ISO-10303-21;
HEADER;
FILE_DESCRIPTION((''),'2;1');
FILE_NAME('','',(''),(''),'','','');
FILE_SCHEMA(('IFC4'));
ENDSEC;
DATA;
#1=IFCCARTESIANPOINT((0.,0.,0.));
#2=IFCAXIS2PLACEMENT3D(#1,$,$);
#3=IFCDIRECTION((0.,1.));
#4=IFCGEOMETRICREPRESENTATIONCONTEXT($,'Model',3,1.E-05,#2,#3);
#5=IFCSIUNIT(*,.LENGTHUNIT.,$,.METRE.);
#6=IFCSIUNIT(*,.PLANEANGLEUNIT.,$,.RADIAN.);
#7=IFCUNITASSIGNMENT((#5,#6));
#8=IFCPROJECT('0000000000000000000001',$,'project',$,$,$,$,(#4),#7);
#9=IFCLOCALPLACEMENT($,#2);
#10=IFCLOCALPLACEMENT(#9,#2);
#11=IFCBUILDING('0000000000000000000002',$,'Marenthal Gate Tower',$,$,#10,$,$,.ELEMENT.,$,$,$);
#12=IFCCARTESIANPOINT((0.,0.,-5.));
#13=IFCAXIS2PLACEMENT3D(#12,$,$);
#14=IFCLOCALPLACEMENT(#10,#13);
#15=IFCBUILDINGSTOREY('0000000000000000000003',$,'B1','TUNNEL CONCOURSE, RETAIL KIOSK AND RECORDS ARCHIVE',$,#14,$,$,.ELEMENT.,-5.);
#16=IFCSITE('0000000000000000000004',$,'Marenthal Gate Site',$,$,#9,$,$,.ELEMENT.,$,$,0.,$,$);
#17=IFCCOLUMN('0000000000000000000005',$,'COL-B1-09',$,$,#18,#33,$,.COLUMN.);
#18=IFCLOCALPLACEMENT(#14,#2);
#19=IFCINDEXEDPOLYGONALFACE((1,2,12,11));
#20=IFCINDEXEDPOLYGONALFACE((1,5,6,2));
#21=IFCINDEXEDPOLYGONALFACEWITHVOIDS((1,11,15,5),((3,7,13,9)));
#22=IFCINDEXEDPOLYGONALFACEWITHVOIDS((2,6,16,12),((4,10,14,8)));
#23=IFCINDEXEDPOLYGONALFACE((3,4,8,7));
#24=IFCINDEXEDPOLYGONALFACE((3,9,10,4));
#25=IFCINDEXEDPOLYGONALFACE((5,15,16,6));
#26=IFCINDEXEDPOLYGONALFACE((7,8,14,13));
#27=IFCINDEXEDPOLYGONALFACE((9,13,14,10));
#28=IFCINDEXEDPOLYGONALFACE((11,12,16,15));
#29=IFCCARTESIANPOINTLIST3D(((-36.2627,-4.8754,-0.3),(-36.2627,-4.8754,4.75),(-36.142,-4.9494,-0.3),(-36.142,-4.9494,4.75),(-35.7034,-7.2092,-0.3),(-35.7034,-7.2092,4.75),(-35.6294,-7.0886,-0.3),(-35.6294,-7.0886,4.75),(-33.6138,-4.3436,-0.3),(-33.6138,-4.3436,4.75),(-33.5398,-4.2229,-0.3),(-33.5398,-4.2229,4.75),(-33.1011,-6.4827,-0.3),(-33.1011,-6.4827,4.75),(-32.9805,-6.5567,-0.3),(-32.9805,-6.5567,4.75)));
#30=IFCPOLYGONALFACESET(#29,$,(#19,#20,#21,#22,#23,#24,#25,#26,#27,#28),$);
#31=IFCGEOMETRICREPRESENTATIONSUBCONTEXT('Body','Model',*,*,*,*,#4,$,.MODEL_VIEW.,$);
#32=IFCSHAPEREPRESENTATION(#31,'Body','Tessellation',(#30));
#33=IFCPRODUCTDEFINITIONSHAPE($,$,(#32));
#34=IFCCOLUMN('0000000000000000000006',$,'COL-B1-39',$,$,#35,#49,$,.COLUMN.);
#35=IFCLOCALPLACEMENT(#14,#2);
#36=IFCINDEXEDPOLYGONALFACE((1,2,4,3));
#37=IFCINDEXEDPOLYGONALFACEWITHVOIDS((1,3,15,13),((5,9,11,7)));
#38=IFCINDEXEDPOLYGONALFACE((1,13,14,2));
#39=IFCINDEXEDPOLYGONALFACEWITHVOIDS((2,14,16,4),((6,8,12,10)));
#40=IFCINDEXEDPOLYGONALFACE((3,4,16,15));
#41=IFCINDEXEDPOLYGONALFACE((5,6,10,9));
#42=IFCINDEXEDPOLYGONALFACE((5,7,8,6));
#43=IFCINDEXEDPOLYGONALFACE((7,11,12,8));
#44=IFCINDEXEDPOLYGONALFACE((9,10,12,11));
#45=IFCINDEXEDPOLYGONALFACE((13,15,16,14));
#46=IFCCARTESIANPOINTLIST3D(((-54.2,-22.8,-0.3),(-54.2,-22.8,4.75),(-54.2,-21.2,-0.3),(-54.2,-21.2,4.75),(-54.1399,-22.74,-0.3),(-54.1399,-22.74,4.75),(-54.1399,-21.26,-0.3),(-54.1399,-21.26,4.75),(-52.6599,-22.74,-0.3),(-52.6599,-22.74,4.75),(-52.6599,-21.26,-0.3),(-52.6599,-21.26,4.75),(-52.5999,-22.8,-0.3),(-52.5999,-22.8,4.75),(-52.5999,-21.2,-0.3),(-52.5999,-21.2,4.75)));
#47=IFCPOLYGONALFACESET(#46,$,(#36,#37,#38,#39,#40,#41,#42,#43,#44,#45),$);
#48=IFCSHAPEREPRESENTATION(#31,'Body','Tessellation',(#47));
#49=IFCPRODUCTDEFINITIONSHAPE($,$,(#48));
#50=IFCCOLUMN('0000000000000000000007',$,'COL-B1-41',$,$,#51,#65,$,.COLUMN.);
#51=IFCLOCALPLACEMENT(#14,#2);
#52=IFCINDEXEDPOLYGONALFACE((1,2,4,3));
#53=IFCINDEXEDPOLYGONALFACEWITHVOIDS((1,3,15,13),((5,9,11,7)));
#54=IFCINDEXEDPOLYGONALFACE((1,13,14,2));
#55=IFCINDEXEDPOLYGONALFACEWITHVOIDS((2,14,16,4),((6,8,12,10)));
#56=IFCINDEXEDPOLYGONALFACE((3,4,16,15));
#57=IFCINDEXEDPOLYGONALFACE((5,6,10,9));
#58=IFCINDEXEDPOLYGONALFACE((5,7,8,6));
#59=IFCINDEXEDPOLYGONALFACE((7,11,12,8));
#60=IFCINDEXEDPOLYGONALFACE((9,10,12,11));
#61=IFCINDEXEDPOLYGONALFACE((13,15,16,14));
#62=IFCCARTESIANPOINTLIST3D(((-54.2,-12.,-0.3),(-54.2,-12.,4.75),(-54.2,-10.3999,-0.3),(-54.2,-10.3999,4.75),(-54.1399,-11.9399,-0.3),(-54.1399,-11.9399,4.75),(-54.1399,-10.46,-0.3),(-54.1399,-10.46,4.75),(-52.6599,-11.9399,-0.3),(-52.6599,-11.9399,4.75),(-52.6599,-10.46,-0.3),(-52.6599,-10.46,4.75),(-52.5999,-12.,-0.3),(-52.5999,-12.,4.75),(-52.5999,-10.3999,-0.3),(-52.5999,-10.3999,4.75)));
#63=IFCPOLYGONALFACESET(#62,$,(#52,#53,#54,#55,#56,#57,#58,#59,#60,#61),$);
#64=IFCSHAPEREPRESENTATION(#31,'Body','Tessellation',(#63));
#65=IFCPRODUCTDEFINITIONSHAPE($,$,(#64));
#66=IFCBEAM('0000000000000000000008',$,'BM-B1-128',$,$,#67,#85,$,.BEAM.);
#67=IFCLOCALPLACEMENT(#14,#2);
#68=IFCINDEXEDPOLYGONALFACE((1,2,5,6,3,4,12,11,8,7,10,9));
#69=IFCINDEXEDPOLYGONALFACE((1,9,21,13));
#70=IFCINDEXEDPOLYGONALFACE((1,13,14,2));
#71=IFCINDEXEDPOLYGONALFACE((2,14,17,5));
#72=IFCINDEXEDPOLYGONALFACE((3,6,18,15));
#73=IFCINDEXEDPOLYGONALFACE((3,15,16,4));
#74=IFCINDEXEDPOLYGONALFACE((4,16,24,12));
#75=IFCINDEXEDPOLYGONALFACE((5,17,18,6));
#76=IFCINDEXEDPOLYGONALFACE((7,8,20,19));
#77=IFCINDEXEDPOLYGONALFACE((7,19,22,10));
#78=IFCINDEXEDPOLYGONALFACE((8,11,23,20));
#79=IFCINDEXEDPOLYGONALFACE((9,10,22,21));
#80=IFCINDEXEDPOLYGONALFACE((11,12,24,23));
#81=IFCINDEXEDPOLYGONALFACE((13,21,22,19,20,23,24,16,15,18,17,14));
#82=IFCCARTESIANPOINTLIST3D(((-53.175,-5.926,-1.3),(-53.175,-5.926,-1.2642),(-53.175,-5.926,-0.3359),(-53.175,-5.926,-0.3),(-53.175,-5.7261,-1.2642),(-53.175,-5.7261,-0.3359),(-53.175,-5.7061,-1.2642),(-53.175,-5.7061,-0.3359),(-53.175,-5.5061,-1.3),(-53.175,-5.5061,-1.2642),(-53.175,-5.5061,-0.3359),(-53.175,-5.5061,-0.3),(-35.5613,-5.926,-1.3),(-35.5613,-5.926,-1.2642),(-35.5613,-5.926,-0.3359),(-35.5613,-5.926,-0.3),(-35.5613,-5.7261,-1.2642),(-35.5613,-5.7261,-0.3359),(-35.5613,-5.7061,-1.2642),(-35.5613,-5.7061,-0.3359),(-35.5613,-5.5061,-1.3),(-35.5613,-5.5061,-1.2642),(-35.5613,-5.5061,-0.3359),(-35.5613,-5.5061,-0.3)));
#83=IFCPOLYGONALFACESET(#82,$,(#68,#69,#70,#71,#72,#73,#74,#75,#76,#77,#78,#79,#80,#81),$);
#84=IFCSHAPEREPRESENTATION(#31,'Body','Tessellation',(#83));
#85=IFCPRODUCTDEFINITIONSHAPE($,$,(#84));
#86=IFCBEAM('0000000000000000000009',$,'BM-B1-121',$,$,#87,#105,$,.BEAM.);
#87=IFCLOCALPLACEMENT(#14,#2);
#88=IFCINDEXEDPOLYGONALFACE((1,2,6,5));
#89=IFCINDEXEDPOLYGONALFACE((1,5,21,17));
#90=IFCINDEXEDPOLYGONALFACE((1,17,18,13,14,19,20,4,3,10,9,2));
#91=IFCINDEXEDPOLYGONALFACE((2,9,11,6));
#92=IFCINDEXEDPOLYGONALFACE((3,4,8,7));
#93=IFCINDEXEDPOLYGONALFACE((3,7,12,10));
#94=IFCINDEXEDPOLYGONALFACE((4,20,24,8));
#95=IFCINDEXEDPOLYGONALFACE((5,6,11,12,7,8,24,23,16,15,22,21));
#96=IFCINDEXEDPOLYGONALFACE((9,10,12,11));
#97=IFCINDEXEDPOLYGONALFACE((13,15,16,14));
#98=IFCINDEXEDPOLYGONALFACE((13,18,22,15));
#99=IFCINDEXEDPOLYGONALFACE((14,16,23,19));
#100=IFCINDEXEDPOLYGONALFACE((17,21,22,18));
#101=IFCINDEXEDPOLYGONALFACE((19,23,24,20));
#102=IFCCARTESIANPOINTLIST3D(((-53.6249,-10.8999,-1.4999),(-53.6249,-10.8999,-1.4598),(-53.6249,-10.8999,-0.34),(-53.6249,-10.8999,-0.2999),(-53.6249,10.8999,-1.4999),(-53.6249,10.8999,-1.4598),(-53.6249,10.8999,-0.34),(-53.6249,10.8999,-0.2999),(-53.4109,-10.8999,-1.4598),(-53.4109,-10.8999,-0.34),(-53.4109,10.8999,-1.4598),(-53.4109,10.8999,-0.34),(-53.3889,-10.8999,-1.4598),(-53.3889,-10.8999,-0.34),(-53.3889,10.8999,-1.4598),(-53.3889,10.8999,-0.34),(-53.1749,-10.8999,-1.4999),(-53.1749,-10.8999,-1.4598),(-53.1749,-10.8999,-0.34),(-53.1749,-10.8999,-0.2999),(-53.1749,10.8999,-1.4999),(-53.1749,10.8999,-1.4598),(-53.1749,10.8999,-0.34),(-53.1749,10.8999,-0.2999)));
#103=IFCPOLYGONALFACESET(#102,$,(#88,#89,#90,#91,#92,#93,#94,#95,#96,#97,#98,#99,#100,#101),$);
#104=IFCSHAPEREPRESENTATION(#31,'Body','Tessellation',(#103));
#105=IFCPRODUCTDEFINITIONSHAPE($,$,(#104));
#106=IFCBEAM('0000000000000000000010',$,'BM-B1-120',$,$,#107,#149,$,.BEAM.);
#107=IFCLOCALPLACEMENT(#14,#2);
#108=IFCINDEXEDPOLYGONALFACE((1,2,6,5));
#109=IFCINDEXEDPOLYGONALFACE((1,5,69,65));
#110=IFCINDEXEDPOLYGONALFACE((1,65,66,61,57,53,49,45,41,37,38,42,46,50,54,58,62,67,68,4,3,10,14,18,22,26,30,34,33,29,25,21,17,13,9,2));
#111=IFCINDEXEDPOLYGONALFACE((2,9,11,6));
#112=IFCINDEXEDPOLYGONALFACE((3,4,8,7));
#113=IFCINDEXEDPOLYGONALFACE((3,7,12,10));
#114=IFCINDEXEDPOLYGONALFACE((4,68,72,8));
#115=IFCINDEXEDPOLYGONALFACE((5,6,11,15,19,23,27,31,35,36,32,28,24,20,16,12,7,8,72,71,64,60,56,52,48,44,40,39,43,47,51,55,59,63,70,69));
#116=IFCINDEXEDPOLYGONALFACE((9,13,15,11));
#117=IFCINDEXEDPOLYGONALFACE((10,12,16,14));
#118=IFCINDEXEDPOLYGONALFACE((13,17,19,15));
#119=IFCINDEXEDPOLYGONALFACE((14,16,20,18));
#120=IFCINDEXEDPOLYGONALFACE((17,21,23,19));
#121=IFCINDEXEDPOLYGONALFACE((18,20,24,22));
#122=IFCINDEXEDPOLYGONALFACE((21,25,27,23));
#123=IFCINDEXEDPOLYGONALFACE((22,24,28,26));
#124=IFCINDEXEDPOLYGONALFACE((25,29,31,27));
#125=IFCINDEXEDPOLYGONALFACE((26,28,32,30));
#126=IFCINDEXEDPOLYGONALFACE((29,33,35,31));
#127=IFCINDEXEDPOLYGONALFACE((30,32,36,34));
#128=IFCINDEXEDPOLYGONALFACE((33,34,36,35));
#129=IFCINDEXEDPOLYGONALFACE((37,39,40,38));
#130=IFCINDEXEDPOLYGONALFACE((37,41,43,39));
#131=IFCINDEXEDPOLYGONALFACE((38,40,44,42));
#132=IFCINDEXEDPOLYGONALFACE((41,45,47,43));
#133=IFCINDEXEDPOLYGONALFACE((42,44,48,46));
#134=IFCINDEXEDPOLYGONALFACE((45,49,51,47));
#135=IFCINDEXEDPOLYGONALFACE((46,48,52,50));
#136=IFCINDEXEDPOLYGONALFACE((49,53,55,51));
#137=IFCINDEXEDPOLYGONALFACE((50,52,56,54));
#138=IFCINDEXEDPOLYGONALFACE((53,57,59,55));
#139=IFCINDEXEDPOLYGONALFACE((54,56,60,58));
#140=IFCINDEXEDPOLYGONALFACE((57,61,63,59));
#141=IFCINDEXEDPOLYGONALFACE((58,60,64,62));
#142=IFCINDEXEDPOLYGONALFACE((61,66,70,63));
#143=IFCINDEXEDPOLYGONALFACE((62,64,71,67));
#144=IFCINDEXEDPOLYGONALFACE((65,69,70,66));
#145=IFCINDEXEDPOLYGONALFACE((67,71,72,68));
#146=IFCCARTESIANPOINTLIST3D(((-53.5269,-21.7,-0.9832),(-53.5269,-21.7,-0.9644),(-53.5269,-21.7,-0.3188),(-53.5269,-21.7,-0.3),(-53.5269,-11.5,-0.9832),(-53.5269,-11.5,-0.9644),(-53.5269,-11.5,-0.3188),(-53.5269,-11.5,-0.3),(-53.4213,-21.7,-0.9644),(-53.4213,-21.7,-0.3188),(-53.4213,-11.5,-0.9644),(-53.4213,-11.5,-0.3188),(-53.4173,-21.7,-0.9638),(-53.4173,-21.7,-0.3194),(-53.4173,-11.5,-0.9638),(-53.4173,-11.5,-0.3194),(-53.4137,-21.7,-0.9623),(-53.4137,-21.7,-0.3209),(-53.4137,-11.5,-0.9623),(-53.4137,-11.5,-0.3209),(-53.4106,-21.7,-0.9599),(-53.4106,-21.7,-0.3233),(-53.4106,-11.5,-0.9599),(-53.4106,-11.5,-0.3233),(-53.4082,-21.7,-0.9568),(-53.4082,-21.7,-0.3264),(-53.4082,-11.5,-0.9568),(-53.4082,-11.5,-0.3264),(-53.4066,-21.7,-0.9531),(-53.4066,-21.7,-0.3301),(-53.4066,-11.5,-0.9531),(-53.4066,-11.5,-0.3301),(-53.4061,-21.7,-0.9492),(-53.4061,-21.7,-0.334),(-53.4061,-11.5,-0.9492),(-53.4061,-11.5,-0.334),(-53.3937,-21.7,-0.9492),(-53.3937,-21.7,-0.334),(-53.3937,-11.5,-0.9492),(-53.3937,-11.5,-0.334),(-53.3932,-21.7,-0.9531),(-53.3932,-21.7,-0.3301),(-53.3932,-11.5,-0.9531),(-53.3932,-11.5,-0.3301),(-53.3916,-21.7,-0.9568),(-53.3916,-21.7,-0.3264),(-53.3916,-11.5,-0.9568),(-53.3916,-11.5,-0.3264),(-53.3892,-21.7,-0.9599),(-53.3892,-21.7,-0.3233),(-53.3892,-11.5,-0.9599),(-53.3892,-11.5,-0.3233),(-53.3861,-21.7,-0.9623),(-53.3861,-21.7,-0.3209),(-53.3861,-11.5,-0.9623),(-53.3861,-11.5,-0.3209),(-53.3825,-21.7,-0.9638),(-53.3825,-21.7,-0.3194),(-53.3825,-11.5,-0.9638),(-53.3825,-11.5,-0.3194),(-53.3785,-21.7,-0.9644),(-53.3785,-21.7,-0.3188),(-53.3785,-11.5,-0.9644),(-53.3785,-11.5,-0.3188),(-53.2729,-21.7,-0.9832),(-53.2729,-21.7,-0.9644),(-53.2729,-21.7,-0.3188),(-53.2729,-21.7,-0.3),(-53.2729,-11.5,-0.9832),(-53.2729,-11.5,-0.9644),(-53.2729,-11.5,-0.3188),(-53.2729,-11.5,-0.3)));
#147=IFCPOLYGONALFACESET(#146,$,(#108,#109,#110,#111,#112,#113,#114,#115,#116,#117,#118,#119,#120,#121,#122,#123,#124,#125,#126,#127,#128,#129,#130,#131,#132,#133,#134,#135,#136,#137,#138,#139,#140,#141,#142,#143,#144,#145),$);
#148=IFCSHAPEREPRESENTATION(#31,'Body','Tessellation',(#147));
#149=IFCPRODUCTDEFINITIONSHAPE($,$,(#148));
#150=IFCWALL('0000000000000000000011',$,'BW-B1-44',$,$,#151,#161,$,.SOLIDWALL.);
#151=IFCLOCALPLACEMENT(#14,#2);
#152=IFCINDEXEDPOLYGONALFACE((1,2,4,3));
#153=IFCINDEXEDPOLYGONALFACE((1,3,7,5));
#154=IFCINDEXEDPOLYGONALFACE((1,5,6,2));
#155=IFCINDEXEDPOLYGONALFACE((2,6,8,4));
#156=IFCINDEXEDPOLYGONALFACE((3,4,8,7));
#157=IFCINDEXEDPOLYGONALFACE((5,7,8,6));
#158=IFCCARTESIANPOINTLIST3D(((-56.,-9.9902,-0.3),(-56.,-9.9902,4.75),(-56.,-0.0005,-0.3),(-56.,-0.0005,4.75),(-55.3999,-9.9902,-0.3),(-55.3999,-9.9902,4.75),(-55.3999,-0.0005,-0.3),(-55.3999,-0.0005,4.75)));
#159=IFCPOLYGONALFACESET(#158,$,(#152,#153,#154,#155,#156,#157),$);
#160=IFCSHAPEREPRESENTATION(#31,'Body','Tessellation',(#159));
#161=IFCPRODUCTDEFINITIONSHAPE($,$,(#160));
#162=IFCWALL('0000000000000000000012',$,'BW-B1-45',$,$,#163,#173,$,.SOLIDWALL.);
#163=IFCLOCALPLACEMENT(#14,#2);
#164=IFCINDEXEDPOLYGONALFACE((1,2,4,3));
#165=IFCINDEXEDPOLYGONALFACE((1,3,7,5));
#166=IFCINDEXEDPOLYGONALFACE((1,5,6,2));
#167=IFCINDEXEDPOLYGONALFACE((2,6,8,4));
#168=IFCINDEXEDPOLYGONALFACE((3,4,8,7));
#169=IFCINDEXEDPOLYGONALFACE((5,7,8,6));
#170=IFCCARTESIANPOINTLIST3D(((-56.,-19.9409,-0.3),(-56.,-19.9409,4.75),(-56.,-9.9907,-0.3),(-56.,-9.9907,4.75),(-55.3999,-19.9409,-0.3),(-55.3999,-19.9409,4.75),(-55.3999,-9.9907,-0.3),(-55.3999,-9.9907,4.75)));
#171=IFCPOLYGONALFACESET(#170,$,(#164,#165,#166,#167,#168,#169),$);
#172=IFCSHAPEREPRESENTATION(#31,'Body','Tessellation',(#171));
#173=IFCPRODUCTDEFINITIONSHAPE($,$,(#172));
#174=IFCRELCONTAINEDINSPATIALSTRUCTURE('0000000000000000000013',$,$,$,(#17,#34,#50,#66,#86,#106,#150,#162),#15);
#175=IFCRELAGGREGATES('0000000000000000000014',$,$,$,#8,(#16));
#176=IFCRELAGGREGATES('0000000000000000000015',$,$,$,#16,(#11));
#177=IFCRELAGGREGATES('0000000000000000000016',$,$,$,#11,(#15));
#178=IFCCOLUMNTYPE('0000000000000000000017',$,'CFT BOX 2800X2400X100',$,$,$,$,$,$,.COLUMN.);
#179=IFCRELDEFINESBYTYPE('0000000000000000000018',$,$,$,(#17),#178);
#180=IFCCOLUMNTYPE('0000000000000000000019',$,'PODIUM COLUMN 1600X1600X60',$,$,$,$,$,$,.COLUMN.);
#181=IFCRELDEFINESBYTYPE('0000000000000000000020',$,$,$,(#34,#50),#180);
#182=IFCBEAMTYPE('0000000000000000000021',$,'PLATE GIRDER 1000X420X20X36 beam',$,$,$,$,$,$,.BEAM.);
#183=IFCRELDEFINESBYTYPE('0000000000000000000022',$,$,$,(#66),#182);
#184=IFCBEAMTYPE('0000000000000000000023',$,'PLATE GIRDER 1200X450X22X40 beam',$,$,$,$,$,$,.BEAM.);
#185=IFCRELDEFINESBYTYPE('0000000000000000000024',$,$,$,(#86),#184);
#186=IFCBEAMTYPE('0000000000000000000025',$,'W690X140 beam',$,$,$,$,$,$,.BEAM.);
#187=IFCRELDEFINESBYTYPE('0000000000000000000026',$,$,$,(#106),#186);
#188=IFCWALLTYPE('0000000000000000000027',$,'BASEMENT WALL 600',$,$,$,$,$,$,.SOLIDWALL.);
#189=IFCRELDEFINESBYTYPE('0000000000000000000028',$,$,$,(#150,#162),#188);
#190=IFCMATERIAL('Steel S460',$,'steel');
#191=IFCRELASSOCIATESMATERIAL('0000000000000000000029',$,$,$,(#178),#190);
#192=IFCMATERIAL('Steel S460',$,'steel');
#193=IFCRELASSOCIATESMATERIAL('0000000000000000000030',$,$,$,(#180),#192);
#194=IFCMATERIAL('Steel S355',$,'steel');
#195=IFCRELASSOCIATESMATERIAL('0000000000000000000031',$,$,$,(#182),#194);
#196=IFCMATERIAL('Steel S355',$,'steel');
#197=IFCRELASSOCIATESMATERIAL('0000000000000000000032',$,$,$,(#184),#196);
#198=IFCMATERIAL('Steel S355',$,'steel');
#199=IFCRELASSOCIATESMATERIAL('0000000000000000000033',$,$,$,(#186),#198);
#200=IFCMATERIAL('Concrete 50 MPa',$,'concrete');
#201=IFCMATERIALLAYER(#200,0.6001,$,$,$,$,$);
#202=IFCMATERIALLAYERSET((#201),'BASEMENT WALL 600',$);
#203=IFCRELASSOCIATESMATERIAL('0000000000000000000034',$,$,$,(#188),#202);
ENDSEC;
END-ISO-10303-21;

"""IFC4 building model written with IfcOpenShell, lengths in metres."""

from ifc_helpers import new_model, si_unit, direction, frame, frame_2d, origin, origin_2d, place, context, subcontext, project, spatial, rectangle, hollow_rectangle, i_section, extrude, material, layer, layer_set, material_profile, profile_set, type_object, element, save


model = new_model("IFC4")

# Units and contexts
model_context = context("Model", 3, precision=1e-05, world=origin(), true_north=direction((0.0, 1.0)))
body_context = subcontext(model_context, "Body", "Model", "MODEL_VIEW")
ifc_project = project(units=[si_unit("LENGTHUNIT", "METRE"), si_unit("PLANEANGLEUNIT", "RADIAN")], contexts=[model_context])

# Site, building, storey
site_placement = place(None, origin())
site = spatial("IfcSite", under=ifc_project, at=site_placement, Name="Marenthal Gate Site", CompositionType="ELEMENT", RefElevation=0.0)
building_placement = place(site_placement, origin())
building = spatial("IfcBuilding", under=site, at=building_placement, Name="Marenthal Gate Tower", CompositionType="ELEMENT")
storey_placement = place(building_placement, frame((0.0, 0.0, -5.0)))
storey = spatial("IfcBuildingStorey", under=building, at=storey_placement, Name="B1", Description="TUNNEL CONCOURSE, RETAIL KIOSK AND RECORDS ARCHIVE", CompositionType="ELEMENT", Elevation=-5.0)

# Columns
ifc_material_1 = material(Name="Steel S460", Category="steel")
ifc_material_profile_1 = material_profile(ifc_material_1, hollow_rectangle(XDim=2.3999, YDim=2.8, WallThickness=0.1001, at=origin_2d()), Name="CFT BOX 2800X2400X100")
ifc_material_2 = material(Name="Concrete 70 MPa", Category="concrete")
ifc_material_profile_2 = material_profile(ifc_material_2, rectangle(XDim=2.2, YDim=2.6001, at=origin_2d()), Name="CFT BOX 2800X2400X100 INFILL")
ifc_profile_set_1 = profile_set([ifc_material_profile_1, ifc_material_profile_2], Name="Steel S460 shell, Concrete 70 MPa infill")
column_type_1 = type_object("IfcColumnType", Name="CFT BOX 2800X2400X100", PredefinedType="COLUMN", material=ifc_profile_set_1)
column_placement = place(storey_placement, frame((-34.6216, -5.7161, -0.3), z_axis=(0.0, 0.0, 1.0), x_axis=(-0.233047, 0.972466, 0.0)))
element("IfcColumn", 1, at=column_placement, inside=storey, type_object=column_type_1, Name="COL-B1-09", PredefinedType="COLUMN", context=body_context, shape_type="SweptSolid", body=[
    extrude(hollow_rectangle(XDim=2.3999, YDim=2.8, WallThickness=0.1001, at=origin_2d()), origin(), (0.0, 0.0, 1.0), 5.05),
])
ifc_material_3 = material(Name="Steel S460", Category="steel")
ifc_material_profile_3 = material_profile(ifc_material_3, hollow_rectangle(XDim=1.6001, YDim=1.6001, WallThickness=0.0601, at=origin_2d()), Name="CFT BOX 1600X1600X60")
ifc_material_4 = material(Name="Concrete 70 MPa", Category="concrete")
ifc_material_profile_4 = material_profile(ifc_material_4, rectangle(XDim=1.48, YDim=1.48, at=origin_2d()), Name="CFT BOX 1600X1600X60 INFILL")
ifc_profile_set_2 = profile_set([ifc_material_profile_3, ifc_material_profile_4], Name="Steel S460 shell, Concrete 70 MPa infill")
column_type_2 = type_object("IfcColumnType", Name="PODIUM COLUMN 1600X1600X60", PredefinedType="COLUMN", material=ifc_profile_set_2)
for number, where, z_axis, x_axis, name in (
    (2, (-53.3999, -22.0, -0.3), (0.0, 0.0, 1.0), (1.0, 0.0, 0.0), "COL-B1-39"),
    (3, (-53.3999, -11.2, -0.3), (0.0, 0.0, 1.0), (1.0, 0.0, 0.0), "COL-B1-41"),
):
    element("IfcColumn", number, at=place(storey_placement, frame(where, z_axis=z_axis, x_axis=x_axis)), inside=storey, type_object=column_type_2, Name=name, PredefinedType="COLUMN", context=body_context, shape_type="SweptSolid", body=[
        extrude(hollow_rectangle(XDim=1.6001, YDim=1.6001, WallThickness=0.0601, at=origin_2d()), origin(), (0.0, 0.0, 1.0), 5.05),
    ])

# Beams
ifc_material_5 = material(Name="Steel S355", Category="steel")
ifc_material_profile_5 = material_profile(ifc_material_5, i_section(OverallWidth=0.4199, OverallDepth=1.0, WebThickness=0.02, FlangeThickness=0.0359, at=origin_2d()), Name="PLATE GIRDER 1000X420X20X36")
ifc_profile_set_3 = profile_set([ifc_material_profile_5], Name="Steel S355")
beam_type_1 = type_object("IfcBeamType", Name="PLATE GIRDER 1000X420X20X36 beam", PredefinedType="BEAM", material=ifc_profile_set_3)
beam_1_placement = place(storey_placement, frame((-35.5613, -5.7161, -0.8), z_axis=(-1.0, 0.0, 0.0), x_axis=(0.0, -1.0, 0.0)))
element("IfcBeam", 4, at=beam_1_placement, inside=storey, type_object=beam_type_1, Name="BM-B1-128", PredefinedType="BEAM", context=body_context, shape_type="SweptSolid", body=[
    extrude(i_section(OverallWidth=0.4199, OverallDepth=1.0, WebThickness=0.02, FlangeThickness=0.0359, at=origin_2d()), origin(), (0.0, 0.0, 1.0), 17.6138),
])
ifc_material_6 = material(Name="Steel S355", Category="steel")
ifc_material_profile_6 = material_profile(ifc_material_6, i_section(OverallWidth=0.45, OverallDepth=1.2, WebThickness=0.022, FlangeThickness=0.04, at=origin_2d()), Name="PLATE GIRDER 1200X450X22X40")
ifc_profile_set_4 = profile_set([ifc_material_profile_6], Name="Steel S355")
beam_type_2 = type_object("IfcBeamType", Name="PLATE GIRDER 1200X450X22X40 beam", PredefinedType="BEAM", material=ifc_profile_set_4)
beam_2_placement = place(storey_placement, frame((-53.3999, -10.8999, -0.8999), z_axis=(0.0, 1.0, 0.0), x_axis=(-1.0, 0.0, 0.0)))
element("IfcBeam", 5, at=beam_2_placement, inside=storey, type_object=beam_type_2, Name="BM-B1-121", PredefinedType="BEAM", context=body_context, shape_type="SweptSolid", body=[
    extrude(i_section(OverallWidth=0.45, OverallDepth=1.2, WebThickness=0.022, FlangeThickness=0.04, at=origin_2d()), origin(), (0.0, 0.0, 1.0), 21.7998),
])
ifc_material_7 = material(Name="Steel S355", Category="steel")
ifc_material_profile_7 = material_profile(ifc_material_7, i_section(OverallWidth=0.2539, OverallDepth=0.6831, WebThickness=0.0125, FlangeThickness=0.0188, FilletRadius=0.0151, at=origin_2d()), Name="W690X140")
ifc_profile_set_5 = profile_set([ifc_material_profile_7], Name="Steel S355")
beam_type_3 = type_object("IfcBeamType", Name="W690X140 beam", PredefinedType="BEAM", material=ifc_profile_set_5)
beam_3_placement = place(storey_placement, frame((-53.3999, -21.7, -0.6416), z_axis=(0.0, 1.0, 0.0), x_axis=(-1.0, 0.0, 0.0)))
element("IfcBeam", 6, at=beam_3_placement, inside=storey, type_object=beam_type_3, Name="BM-B1-120", PredefinedType="BEAM", context=body_context, shape_type="SweptSolid", body=[
    extrude(i_section(OverallWidth=0.2539, OverallDepth=0.6831, WebThickness=0.0125, FlangeThickness=0.0188, FilletRadius=0.0151, at=origin_2d()), origin(), (0.0, 0.0, 1.0), 10.2),
])

# Walls
ifc_material_8 = material(Name="Concrete 50 MPa", Category="concrete")
ifc_layer_1 = layer(ifc_material_8, 0.6001)
ifc_layer_set_1 = layer_set([ifc_layer_1], Name="BASEMENT WALL 600")
wall_type_1 = type_object("IfcWallType", Name="BASEMENT WALL 600", PredefinedType="SOLIDWALL", material=ifc_layer_set_1)
wall_1_placement = place(storey_placement, frame((-55.7, -0.0005, -0.3), z_axis=(0.0, 0.0, 1.0), x_axis=(0.0, -1.0, 0.0)))
element("IfcWall", 7, at=wall_1_placement, inside=storey, type_object=wall_type_1, Name="BW-B1-44", PredefinedType="SOLIDWALL", context=body_context, shape_type="SweptSolid", body=[
    extrude(rectangle(XDim=9.9897, YDim=0.6001, at=frame_2d((4.9949, 0.0))), origin(), (0.0, 0.0, 1.0), 5.05),
])
wall_2_placement = place(storey_placement, frame((-55.7, -9.9907, -0.3), z_axis=(0.0, 0.0, 1.0), x_axis=(0.0, -1.0, 0.0)))
element("IfcWall", 8, at=wall_2_placement, inside=storey, type_object=wall_type_1, Name="BW-B1-45", PredefinedType="SOLIDWALL", context=body_context, shape_type="SweptSolid", body=[
    extrude(rectangle(XDim=9.9502, YDim=0.6001, at=frame_2d((4.9751, 0.0))), origin(), (0.0, 0.0, 1.0), 5.05),
])

save(model, "model.ifc")
